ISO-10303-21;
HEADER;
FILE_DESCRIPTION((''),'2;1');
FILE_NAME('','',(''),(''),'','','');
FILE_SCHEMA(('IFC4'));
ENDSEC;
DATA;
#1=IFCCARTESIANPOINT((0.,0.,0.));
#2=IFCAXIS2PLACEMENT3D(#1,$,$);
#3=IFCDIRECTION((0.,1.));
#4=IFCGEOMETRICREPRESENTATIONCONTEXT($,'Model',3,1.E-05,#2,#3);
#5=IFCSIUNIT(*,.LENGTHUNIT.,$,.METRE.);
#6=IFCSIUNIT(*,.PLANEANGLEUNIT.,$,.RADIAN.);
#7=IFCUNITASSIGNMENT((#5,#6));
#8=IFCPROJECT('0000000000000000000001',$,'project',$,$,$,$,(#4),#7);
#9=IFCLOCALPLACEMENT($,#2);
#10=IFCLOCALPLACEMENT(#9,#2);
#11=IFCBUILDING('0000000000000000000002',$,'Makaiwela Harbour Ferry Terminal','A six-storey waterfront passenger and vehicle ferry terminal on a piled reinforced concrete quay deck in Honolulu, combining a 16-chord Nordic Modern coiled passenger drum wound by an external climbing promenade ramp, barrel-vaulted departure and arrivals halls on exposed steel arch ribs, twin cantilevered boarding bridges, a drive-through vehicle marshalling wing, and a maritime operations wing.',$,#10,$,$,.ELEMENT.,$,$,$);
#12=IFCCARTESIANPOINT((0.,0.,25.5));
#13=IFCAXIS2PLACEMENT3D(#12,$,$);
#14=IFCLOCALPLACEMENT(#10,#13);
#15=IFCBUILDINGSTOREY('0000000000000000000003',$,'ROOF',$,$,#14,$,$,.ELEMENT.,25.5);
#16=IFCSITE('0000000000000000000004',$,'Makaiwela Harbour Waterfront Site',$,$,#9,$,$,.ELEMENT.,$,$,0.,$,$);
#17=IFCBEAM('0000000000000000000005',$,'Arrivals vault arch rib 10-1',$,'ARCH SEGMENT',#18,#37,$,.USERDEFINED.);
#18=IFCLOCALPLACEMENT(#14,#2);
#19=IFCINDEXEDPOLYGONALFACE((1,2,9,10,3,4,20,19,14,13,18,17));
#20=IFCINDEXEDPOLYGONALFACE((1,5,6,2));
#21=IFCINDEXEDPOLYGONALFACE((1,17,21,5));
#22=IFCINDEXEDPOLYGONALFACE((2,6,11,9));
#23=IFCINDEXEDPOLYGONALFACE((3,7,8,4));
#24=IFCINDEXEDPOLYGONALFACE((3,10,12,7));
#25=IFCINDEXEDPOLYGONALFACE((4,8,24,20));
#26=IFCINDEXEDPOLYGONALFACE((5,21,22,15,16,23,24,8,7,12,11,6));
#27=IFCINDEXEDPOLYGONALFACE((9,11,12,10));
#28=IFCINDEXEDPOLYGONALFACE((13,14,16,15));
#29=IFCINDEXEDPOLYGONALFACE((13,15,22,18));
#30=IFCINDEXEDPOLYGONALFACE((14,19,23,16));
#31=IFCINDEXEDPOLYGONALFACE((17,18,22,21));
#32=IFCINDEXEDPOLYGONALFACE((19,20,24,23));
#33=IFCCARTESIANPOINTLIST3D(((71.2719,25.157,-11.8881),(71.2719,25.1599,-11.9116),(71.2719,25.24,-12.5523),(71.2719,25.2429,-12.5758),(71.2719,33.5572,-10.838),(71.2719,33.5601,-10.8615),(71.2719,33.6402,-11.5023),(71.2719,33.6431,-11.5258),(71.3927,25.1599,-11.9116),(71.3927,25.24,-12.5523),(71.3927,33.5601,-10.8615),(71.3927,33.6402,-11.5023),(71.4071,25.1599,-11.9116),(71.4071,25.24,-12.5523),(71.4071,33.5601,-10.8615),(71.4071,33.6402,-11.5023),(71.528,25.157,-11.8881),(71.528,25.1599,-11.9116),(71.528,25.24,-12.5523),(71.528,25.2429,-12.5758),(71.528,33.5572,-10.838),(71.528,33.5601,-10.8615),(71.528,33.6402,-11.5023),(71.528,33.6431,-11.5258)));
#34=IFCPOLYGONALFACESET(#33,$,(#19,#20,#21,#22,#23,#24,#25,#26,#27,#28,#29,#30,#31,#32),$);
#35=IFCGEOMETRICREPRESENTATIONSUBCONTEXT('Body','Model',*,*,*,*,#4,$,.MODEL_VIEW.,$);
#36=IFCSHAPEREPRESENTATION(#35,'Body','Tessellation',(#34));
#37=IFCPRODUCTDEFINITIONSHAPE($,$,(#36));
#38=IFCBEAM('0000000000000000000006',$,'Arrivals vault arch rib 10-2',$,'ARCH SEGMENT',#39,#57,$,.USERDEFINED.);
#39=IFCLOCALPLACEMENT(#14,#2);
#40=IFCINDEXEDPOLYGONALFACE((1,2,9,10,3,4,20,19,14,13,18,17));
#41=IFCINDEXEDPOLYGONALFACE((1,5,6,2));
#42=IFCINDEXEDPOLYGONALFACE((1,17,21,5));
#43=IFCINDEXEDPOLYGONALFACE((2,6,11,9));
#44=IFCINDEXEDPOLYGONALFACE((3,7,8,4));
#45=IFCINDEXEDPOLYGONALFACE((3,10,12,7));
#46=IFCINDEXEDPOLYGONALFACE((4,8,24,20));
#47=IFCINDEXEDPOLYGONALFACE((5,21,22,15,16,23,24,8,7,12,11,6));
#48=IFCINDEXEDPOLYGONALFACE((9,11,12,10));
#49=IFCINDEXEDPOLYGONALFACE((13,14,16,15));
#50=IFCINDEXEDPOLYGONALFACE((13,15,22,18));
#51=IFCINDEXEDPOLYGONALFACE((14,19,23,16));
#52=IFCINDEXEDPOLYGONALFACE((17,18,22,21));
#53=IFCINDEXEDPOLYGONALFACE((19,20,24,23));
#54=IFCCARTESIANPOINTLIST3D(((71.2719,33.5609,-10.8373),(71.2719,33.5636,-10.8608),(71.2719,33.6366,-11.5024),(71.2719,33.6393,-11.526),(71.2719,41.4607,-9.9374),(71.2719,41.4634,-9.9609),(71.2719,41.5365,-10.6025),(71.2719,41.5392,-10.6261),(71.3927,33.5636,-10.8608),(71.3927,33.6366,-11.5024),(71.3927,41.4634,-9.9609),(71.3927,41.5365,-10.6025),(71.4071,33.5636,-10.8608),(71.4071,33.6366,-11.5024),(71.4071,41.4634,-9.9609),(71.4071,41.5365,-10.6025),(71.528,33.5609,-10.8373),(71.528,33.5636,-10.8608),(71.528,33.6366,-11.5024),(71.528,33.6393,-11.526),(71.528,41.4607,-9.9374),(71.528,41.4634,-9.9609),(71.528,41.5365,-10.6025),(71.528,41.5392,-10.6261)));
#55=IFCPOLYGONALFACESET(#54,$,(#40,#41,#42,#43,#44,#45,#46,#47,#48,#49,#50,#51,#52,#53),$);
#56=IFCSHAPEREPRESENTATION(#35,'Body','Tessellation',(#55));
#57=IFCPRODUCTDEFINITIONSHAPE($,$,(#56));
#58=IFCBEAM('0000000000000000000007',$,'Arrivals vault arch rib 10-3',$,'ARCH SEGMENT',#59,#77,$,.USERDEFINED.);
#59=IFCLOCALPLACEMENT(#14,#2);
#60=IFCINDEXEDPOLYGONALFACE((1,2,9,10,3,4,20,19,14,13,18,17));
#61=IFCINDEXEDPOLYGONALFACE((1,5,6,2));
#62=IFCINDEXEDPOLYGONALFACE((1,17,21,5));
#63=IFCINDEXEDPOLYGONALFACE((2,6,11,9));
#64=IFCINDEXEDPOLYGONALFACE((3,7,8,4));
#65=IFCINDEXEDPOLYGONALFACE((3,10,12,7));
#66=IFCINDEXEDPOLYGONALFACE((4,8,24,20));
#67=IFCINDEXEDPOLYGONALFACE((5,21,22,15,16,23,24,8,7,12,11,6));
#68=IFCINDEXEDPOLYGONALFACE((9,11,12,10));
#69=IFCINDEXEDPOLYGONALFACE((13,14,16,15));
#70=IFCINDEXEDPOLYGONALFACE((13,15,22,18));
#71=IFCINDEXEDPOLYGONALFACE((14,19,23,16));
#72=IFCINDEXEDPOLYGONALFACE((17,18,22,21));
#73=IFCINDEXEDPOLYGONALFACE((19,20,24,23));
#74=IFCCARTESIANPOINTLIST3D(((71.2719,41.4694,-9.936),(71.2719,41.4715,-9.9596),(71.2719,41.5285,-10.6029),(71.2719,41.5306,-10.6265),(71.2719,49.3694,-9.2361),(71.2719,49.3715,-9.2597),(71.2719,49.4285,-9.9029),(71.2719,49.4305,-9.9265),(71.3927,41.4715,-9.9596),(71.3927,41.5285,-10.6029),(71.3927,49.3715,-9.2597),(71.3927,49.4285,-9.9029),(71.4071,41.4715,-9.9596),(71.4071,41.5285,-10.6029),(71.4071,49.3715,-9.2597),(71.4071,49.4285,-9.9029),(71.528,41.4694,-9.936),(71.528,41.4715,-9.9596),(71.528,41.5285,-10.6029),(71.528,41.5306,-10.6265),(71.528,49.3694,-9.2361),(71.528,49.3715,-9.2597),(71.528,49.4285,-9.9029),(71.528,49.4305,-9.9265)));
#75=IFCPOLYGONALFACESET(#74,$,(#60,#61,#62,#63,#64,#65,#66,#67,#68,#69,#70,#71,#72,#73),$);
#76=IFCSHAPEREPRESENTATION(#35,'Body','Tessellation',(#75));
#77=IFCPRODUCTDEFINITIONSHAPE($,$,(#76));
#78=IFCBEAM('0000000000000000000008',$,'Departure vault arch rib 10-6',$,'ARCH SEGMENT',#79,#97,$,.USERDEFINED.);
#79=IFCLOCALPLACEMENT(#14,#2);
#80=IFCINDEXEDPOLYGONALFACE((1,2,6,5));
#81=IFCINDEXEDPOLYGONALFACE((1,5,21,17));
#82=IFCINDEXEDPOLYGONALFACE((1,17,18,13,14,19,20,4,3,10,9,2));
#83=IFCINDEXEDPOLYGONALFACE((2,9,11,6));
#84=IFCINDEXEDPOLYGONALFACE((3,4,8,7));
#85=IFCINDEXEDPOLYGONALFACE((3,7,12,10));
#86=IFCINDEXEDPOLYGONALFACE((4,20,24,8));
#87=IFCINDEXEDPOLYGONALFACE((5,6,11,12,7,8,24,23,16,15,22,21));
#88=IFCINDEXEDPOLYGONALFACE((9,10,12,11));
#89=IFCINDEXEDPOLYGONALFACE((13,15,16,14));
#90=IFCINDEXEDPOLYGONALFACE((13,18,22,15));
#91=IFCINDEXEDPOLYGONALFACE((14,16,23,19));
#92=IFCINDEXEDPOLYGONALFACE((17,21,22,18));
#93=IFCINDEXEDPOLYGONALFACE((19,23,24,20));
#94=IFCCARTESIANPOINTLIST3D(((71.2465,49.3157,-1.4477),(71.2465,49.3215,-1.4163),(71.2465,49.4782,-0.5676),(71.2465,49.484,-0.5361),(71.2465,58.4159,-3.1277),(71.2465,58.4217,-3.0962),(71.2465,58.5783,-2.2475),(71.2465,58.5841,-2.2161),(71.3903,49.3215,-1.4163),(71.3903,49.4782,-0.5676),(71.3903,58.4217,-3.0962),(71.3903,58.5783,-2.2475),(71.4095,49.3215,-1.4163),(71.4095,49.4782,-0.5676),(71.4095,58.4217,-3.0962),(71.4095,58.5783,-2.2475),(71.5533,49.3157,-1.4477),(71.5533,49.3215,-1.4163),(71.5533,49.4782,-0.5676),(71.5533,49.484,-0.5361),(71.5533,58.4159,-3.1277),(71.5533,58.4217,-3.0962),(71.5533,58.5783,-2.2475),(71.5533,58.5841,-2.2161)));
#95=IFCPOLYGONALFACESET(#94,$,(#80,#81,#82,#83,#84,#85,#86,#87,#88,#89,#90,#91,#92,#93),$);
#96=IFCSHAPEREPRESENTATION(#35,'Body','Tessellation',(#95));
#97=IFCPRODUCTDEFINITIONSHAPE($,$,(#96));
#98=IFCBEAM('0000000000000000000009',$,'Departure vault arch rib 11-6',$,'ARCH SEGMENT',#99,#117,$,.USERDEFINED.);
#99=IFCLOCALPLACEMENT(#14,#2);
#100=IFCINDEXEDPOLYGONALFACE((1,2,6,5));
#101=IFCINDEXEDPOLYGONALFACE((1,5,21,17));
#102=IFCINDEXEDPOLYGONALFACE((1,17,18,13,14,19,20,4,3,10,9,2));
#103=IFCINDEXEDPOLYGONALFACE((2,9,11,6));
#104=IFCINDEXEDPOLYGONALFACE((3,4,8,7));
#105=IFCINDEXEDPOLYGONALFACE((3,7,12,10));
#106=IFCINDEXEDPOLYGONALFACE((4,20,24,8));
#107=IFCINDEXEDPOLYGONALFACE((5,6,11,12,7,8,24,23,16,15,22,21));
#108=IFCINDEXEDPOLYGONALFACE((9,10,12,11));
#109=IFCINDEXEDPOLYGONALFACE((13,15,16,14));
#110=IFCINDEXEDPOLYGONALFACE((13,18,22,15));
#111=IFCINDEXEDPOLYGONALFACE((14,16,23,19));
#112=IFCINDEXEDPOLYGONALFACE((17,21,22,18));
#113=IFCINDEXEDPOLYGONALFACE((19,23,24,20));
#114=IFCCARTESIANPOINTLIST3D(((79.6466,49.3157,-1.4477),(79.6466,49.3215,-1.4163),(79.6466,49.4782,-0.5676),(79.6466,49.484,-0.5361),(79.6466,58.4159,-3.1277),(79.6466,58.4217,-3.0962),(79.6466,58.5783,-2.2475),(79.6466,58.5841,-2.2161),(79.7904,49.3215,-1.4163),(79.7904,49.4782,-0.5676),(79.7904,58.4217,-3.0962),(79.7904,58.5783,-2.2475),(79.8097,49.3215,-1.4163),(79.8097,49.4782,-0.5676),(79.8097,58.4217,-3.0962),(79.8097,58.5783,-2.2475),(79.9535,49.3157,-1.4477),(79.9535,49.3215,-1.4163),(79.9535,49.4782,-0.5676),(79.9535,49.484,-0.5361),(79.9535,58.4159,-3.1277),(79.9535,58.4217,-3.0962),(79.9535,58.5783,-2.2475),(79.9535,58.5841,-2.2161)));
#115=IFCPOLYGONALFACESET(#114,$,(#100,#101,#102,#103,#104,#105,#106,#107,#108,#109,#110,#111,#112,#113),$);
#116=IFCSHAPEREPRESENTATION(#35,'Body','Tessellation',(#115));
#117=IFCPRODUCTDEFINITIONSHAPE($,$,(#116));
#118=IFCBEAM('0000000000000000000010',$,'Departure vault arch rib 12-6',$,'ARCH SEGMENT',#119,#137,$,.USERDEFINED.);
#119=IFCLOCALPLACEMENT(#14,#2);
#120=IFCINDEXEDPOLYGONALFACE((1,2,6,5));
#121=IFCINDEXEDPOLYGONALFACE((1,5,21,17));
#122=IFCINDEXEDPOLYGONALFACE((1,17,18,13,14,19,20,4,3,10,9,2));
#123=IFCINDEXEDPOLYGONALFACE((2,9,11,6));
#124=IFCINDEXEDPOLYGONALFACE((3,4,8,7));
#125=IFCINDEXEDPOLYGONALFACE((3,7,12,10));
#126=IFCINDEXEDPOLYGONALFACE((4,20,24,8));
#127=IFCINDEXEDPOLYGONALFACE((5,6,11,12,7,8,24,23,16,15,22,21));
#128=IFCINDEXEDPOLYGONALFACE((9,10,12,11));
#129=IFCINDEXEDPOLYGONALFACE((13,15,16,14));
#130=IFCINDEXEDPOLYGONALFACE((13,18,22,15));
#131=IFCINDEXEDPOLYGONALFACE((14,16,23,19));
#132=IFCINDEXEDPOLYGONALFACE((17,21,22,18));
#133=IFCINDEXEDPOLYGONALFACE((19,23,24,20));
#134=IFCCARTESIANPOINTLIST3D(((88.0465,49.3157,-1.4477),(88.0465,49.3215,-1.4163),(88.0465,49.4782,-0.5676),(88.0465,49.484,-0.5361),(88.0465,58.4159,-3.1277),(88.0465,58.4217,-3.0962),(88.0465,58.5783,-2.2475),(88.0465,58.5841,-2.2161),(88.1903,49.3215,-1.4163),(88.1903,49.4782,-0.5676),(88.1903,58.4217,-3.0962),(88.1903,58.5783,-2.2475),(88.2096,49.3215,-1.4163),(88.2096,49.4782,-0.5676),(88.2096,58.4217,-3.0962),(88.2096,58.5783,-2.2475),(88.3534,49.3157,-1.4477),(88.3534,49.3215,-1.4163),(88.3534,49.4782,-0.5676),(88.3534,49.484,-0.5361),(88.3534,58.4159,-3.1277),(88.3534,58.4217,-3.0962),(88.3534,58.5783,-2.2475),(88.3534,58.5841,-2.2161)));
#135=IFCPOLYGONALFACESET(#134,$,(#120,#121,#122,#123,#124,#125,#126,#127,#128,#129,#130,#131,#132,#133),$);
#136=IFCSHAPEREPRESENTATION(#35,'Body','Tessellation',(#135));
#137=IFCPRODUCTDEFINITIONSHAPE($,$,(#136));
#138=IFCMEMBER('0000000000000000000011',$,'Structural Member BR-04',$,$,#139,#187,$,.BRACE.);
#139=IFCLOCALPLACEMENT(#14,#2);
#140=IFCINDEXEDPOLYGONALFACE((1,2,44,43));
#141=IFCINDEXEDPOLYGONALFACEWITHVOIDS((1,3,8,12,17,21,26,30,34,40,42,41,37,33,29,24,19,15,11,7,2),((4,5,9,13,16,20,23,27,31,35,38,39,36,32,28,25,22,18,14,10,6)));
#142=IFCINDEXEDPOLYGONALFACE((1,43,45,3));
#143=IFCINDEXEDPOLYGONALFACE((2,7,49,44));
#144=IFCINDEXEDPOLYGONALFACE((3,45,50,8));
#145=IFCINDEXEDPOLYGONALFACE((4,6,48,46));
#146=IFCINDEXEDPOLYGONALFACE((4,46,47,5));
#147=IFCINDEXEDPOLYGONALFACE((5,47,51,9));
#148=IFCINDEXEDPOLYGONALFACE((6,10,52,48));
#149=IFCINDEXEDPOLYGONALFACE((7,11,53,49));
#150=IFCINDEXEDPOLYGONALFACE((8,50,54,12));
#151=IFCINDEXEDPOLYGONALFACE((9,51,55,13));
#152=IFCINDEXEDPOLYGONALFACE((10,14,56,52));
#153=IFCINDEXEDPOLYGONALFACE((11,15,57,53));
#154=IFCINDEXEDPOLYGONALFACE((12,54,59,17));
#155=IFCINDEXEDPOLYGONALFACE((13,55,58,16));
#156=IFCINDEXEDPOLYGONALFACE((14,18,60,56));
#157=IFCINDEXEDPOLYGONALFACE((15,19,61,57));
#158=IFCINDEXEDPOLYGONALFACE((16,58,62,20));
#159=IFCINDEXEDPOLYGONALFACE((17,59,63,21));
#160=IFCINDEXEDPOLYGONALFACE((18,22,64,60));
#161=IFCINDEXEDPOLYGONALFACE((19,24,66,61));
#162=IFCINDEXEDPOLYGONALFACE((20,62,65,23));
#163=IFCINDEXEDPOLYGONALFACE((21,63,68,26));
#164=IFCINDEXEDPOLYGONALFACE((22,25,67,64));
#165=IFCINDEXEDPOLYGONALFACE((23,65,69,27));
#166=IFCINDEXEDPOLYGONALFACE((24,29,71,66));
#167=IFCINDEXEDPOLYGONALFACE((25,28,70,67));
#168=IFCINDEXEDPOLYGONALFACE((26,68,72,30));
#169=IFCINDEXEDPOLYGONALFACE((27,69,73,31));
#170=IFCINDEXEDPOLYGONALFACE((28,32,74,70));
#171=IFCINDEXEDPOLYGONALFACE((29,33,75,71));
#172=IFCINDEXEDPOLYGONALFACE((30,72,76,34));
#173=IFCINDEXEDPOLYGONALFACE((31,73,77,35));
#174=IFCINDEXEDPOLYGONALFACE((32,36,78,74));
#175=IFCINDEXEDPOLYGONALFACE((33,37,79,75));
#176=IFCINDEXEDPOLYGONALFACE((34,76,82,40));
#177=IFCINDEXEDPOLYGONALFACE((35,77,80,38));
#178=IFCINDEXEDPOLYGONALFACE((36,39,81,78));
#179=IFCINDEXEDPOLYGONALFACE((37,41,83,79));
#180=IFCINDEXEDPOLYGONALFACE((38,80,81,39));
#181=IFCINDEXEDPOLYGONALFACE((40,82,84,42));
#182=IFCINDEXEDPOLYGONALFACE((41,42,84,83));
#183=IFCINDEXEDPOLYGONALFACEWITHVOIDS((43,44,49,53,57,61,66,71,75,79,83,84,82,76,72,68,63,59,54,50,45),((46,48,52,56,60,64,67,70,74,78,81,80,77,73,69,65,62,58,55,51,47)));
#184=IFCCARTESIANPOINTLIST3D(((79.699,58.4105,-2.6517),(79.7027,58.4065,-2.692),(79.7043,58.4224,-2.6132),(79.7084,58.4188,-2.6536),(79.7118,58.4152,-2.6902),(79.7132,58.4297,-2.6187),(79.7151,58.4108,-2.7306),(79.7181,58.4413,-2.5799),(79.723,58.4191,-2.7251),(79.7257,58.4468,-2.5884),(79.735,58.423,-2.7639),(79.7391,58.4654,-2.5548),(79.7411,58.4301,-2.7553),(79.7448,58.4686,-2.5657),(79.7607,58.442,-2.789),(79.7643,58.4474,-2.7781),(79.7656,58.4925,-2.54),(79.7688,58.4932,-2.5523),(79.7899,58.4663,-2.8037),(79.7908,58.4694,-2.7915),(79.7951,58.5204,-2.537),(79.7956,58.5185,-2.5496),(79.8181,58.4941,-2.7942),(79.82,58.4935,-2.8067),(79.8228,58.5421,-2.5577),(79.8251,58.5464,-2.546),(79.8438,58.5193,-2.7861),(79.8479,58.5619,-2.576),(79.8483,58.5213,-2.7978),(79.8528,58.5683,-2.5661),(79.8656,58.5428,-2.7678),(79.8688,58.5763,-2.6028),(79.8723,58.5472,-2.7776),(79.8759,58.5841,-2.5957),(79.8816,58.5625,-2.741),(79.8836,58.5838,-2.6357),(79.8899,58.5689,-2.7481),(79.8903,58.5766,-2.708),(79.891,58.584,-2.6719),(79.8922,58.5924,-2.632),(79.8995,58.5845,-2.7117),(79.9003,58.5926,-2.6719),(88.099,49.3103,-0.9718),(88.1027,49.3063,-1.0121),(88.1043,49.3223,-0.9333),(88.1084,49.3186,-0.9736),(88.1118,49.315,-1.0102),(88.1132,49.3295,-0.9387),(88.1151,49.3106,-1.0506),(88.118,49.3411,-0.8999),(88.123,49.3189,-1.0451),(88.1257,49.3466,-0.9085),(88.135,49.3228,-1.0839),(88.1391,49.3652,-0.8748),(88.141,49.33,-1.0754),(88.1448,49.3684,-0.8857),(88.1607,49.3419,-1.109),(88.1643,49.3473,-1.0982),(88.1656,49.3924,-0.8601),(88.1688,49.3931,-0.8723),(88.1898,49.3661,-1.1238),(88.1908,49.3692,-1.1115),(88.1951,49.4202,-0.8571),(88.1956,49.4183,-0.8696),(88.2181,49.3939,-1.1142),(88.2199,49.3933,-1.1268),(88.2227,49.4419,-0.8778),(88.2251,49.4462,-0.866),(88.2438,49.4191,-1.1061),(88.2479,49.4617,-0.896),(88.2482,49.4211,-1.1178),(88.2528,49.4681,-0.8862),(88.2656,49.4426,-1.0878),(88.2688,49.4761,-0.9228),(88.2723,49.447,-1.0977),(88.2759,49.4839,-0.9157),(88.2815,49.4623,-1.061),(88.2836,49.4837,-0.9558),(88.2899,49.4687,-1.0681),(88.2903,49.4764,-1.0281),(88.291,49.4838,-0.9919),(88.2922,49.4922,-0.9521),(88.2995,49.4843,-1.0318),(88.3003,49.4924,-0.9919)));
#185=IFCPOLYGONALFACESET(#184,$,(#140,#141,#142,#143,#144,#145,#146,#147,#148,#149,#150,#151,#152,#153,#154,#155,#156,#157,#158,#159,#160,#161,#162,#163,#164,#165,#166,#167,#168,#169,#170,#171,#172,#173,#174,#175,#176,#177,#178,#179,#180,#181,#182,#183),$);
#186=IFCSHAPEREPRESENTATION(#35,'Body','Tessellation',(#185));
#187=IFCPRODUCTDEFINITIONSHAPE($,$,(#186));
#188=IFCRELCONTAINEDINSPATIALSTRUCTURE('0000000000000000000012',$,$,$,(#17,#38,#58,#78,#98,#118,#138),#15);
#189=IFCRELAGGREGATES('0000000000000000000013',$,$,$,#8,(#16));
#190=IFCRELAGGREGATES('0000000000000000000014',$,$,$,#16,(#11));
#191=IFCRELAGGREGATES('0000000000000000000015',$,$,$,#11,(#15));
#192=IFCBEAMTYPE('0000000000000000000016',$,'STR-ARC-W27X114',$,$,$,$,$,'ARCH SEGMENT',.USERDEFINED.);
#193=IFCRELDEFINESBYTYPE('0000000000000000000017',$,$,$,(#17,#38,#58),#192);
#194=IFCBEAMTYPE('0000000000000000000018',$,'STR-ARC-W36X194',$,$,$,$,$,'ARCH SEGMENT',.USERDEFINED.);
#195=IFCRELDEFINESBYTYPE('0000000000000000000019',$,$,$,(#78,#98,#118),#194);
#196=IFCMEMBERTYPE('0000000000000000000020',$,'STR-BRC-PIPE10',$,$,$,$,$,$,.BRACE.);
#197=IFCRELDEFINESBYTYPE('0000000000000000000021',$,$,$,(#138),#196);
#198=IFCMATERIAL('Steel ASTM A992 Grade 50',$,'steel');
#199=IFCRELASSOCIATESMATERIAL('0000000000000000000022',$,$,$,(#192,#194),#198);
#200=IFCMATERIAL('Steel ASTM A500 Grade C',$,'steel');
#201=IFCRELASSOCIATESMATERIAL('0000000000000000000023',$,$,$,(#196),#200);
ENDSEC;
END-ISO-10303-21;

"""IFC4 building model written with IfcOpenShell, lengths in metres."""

from ifc_helpers import new_model, si_unit, direction, frame, origin, origin_2d, place, context, subcontext, project, spatial, hollow_circle, i_section, extrude, material, material_profile, profile_set, type_object, element, save


model = new_model("IFC4")

# Units and contexts
model_context = context("Model", 3, precision=1e-05, world=origin(), true_north=direction((0.0, 1.0)))
body_context = subcontext(model_context, "Body", "Model", "MODEL_VIEW")
ifc_project = project(units=[si_unit("LENGTHUNIT", "METRE"), si_unit("PLANEANGLEUNIT", "RADIAN")], contexts=[model_context])

# Site, building, storey
site_placement = place(None, origin())
site = spatial("IfcSite", under=ifc_project, at=site_placement, Name="Makaiwela Harbour Waterfront Site", CompositionType="ELEMENT", RefElevation=0.0)
building_placement = place(site_placement, origin())
building = spatial("IfcBuilding", under=site, at=building_placement, Name="Makaiwela Harbour Ferry Terminal", Description="A six-storey waterfront passenger and vehicle ferry terminal on a piled reinforced concrete quay deck in Honolulu, combining a 16-chord Nordic Modern coiled passenger drum wound by an external climbing promenade ramp, barrel-vaulted departure and arrivals halls on exposed steel arch ribs, twin cantilevered boarding bridges, a drive-through vehicle marshalling wing, and a maritime operations wing.", CompositionType="ELEMENT")
storey_placement = place(building_placement, frame((0.0, 0.0, 25.5)))
storey = spatial("IfcBuildingStorey", under=building, at=storey_placement, Name="ROOF", CompositionType="ELEMENT", Elevation=25.5)

# Beams
ifc_material_1 = material(Name="Steel ASTM A992 Grade 50", Category="steel")
ifc_material_profile_1 = material_profile(ifc_material_1, i_section(OverallWidth=0.2561, OverallDepth=0.6931, WebThickness=0.0144, FlangeThickness=0.0237, at=origin_2d()), Name="W27X114")
ifc_profile_set_1 = profile_set([ifc_material_profile_1], Name="Steel ASTM A992 Grade 50")
beam_type_1 = type_object("IfcBeamType", Name="STR-ARC-W27X114", ElementType="ARCH SEGMENT", PredefinedType="USERDEFINED", material=ifc_profile_set_1)
beam_1_placement = place(storey_placement, frame((71.3999, 25.2, -12.2319), z_axis=(0.0, 0.992277, 0.124038), x_axis=(-1.0, 0.0, 0.0)))
element("IfcBeam", 1, at=beam_1_placement, inside=storey, type_object=beam_type_1, Name="Arrivals vault arch rib 10-1", ObjectType="ARCH SEGMENT", PredefinedType="USERDEFINED", context=body_context, shape_type="SweptSolid", body=[
    extrude(i_section(OverallWidth=0.2561, OverallDepth=0.6931, WebThickness=0.0144, FlangeThickness=0.0237, at=origin_2d()), origin(), (0.0, 0.0, 1.0), 8.4656),
])
beam_2_placement = place(storey_placement, frame((71.3999, 33.6001, -11.1816), z_axis=(0.0, 0.993574, 0.113181), x_axis=(-1.0, 0.0, 0.0)))
element("IfcBeam", 2, at=beam_2_placement, inside=storey, type_object=beam_type_1, Name="Arrivals vault arch rib 10-2", ObjectType="ARCH SEGMENT", PredefinedType="USERDEFINED", context=body_context, shape_type="SweptSolid", body=[
    extrude(i_section(OverallWidth=0.2561, OverallDepth=0.6931, WebThickness=0.0144, FlangeThickness=0.0237, at=origin_2d()), origin(), (0.0, 0.0, 1.0), 7.9509),
])
beam_3_placement = place(storey_placement, frame((71.3999, 41.5, -10.2812), z_axis=(0.0, 0.996098, 0.088257), x_axis=(-1.0, 0.0, 0.0)))
element("IfcBeam", 3, at=beam_3_placement, inside=storey, type_object=beam_type_1, Name="Arrivals vault arch rib 10-3", ObjectType="ARCH SEGMENT", PredefinedType="USERDEFINED", context=body_context, shape_type="SweptSolid", body=[
    extrude(i_section(OverallWidth=0.2561, OverallDepth=0.6931, WebThickness=0.0144, FlangeThickness=0.0237, at=origin_2d()), origin(), (0.0, 0.0, 1.0), 7.9309),
])
ifc_material_profile_2 = material_profile(ifc_material_1, i_section(OverallWidth=0.3069, OverallDepth=0.927, WebThickness=0.0193, FlangeThickness=0.032, at=origin_2d()), Name="W36X194")
ifc_profile_set_2 = profile_set([ifc_material_profile_2], Name="Steel ASTM A992 Grade 50")
beam_type_2 = type_object("IfcBeamType", Name="STR-ARC-W36X194", ElementType="ARCH SEGMENT", PredefinedType="USERDEFINED", material=ifc_profile_set_2)
for number, where, z_axis, x_axis, name in (
    (4, (71.3999, 58.5, -2.6719), (0.0, -0.983384, 0.181538), (1.0, 0.0, 0.0), "Departure vault arch rib 10-6"),
    (5, (79.8, 58.5, -2.6719), (0.0, -0.983384, 0.181538), (1.0, 0.0, 0.0), "Departure vault arch rib 11-6"),
    (6, (88.2, 58.5, -2.6719), (0.0, -0.983384, 0.181538), (1.0, 0.0, 0.0), "Departure vault arch rib 12-6"),
):
    element("IfcBeam", number, at=place(storey_placement, frame(where, z_axis=z_axis, x_axis=x_axis)), inside=storey, type_object=beam_type_2, Name=name, ObjectType="ARCH SEGMENT", PredefinedType="USERDEFINED", context=body_context, shape_type="SweptSolid", body=[
        extrude(i_section(OverallWidth=0.3069, OverallDepth=0.927, WebThickness=0.0193, FlangeThickness=0.032, at=origin_2d()), origin(), (0.0, 0.0, 1.0), 9.2539),
    ])

# Member
ifc_material_2 = material(Name="Steel ASTM A500 Grade C", Category="steel")
ifc_material_profile_3 = material_profile(ifc_material_2, hollow_circle(Radius=0.1365, WallThickness=0.0127, at=origin_2d()), Name="PIPE10XS")
ifc_profile_set_3 = profile_set([ifc_material_profile_3], Name="Steel ASTM A500 Grade C")
member_type_1 = type_object("IfcMemberType", Name="STR-BRC-PIPE10", PredefinedType="BRACE", material=ifc_profile_set_3)
member_1_placement = place(storey_placement, frame((79.8, 58.5, -2.6719), z_axis=(0.672116, -0.728142, 0.134419), x_axis=(0.734811, 0.678272, 0.0)))
element("IfcMember", 7, at=member_1_placement, inside=storey, type_object=member_type_1, Name="Structural Member BR-04", PredefinedType="BRACE", context=body_context, shape_type="SweptSolid", body=[
    extrude(hollow_circle(Radius=0.1365, WallThickness=0.0127, at=origin_2d()), origin(), (0.0, 0.0, 1.0), 12.4978),
])

save(model, "model.ifc")
